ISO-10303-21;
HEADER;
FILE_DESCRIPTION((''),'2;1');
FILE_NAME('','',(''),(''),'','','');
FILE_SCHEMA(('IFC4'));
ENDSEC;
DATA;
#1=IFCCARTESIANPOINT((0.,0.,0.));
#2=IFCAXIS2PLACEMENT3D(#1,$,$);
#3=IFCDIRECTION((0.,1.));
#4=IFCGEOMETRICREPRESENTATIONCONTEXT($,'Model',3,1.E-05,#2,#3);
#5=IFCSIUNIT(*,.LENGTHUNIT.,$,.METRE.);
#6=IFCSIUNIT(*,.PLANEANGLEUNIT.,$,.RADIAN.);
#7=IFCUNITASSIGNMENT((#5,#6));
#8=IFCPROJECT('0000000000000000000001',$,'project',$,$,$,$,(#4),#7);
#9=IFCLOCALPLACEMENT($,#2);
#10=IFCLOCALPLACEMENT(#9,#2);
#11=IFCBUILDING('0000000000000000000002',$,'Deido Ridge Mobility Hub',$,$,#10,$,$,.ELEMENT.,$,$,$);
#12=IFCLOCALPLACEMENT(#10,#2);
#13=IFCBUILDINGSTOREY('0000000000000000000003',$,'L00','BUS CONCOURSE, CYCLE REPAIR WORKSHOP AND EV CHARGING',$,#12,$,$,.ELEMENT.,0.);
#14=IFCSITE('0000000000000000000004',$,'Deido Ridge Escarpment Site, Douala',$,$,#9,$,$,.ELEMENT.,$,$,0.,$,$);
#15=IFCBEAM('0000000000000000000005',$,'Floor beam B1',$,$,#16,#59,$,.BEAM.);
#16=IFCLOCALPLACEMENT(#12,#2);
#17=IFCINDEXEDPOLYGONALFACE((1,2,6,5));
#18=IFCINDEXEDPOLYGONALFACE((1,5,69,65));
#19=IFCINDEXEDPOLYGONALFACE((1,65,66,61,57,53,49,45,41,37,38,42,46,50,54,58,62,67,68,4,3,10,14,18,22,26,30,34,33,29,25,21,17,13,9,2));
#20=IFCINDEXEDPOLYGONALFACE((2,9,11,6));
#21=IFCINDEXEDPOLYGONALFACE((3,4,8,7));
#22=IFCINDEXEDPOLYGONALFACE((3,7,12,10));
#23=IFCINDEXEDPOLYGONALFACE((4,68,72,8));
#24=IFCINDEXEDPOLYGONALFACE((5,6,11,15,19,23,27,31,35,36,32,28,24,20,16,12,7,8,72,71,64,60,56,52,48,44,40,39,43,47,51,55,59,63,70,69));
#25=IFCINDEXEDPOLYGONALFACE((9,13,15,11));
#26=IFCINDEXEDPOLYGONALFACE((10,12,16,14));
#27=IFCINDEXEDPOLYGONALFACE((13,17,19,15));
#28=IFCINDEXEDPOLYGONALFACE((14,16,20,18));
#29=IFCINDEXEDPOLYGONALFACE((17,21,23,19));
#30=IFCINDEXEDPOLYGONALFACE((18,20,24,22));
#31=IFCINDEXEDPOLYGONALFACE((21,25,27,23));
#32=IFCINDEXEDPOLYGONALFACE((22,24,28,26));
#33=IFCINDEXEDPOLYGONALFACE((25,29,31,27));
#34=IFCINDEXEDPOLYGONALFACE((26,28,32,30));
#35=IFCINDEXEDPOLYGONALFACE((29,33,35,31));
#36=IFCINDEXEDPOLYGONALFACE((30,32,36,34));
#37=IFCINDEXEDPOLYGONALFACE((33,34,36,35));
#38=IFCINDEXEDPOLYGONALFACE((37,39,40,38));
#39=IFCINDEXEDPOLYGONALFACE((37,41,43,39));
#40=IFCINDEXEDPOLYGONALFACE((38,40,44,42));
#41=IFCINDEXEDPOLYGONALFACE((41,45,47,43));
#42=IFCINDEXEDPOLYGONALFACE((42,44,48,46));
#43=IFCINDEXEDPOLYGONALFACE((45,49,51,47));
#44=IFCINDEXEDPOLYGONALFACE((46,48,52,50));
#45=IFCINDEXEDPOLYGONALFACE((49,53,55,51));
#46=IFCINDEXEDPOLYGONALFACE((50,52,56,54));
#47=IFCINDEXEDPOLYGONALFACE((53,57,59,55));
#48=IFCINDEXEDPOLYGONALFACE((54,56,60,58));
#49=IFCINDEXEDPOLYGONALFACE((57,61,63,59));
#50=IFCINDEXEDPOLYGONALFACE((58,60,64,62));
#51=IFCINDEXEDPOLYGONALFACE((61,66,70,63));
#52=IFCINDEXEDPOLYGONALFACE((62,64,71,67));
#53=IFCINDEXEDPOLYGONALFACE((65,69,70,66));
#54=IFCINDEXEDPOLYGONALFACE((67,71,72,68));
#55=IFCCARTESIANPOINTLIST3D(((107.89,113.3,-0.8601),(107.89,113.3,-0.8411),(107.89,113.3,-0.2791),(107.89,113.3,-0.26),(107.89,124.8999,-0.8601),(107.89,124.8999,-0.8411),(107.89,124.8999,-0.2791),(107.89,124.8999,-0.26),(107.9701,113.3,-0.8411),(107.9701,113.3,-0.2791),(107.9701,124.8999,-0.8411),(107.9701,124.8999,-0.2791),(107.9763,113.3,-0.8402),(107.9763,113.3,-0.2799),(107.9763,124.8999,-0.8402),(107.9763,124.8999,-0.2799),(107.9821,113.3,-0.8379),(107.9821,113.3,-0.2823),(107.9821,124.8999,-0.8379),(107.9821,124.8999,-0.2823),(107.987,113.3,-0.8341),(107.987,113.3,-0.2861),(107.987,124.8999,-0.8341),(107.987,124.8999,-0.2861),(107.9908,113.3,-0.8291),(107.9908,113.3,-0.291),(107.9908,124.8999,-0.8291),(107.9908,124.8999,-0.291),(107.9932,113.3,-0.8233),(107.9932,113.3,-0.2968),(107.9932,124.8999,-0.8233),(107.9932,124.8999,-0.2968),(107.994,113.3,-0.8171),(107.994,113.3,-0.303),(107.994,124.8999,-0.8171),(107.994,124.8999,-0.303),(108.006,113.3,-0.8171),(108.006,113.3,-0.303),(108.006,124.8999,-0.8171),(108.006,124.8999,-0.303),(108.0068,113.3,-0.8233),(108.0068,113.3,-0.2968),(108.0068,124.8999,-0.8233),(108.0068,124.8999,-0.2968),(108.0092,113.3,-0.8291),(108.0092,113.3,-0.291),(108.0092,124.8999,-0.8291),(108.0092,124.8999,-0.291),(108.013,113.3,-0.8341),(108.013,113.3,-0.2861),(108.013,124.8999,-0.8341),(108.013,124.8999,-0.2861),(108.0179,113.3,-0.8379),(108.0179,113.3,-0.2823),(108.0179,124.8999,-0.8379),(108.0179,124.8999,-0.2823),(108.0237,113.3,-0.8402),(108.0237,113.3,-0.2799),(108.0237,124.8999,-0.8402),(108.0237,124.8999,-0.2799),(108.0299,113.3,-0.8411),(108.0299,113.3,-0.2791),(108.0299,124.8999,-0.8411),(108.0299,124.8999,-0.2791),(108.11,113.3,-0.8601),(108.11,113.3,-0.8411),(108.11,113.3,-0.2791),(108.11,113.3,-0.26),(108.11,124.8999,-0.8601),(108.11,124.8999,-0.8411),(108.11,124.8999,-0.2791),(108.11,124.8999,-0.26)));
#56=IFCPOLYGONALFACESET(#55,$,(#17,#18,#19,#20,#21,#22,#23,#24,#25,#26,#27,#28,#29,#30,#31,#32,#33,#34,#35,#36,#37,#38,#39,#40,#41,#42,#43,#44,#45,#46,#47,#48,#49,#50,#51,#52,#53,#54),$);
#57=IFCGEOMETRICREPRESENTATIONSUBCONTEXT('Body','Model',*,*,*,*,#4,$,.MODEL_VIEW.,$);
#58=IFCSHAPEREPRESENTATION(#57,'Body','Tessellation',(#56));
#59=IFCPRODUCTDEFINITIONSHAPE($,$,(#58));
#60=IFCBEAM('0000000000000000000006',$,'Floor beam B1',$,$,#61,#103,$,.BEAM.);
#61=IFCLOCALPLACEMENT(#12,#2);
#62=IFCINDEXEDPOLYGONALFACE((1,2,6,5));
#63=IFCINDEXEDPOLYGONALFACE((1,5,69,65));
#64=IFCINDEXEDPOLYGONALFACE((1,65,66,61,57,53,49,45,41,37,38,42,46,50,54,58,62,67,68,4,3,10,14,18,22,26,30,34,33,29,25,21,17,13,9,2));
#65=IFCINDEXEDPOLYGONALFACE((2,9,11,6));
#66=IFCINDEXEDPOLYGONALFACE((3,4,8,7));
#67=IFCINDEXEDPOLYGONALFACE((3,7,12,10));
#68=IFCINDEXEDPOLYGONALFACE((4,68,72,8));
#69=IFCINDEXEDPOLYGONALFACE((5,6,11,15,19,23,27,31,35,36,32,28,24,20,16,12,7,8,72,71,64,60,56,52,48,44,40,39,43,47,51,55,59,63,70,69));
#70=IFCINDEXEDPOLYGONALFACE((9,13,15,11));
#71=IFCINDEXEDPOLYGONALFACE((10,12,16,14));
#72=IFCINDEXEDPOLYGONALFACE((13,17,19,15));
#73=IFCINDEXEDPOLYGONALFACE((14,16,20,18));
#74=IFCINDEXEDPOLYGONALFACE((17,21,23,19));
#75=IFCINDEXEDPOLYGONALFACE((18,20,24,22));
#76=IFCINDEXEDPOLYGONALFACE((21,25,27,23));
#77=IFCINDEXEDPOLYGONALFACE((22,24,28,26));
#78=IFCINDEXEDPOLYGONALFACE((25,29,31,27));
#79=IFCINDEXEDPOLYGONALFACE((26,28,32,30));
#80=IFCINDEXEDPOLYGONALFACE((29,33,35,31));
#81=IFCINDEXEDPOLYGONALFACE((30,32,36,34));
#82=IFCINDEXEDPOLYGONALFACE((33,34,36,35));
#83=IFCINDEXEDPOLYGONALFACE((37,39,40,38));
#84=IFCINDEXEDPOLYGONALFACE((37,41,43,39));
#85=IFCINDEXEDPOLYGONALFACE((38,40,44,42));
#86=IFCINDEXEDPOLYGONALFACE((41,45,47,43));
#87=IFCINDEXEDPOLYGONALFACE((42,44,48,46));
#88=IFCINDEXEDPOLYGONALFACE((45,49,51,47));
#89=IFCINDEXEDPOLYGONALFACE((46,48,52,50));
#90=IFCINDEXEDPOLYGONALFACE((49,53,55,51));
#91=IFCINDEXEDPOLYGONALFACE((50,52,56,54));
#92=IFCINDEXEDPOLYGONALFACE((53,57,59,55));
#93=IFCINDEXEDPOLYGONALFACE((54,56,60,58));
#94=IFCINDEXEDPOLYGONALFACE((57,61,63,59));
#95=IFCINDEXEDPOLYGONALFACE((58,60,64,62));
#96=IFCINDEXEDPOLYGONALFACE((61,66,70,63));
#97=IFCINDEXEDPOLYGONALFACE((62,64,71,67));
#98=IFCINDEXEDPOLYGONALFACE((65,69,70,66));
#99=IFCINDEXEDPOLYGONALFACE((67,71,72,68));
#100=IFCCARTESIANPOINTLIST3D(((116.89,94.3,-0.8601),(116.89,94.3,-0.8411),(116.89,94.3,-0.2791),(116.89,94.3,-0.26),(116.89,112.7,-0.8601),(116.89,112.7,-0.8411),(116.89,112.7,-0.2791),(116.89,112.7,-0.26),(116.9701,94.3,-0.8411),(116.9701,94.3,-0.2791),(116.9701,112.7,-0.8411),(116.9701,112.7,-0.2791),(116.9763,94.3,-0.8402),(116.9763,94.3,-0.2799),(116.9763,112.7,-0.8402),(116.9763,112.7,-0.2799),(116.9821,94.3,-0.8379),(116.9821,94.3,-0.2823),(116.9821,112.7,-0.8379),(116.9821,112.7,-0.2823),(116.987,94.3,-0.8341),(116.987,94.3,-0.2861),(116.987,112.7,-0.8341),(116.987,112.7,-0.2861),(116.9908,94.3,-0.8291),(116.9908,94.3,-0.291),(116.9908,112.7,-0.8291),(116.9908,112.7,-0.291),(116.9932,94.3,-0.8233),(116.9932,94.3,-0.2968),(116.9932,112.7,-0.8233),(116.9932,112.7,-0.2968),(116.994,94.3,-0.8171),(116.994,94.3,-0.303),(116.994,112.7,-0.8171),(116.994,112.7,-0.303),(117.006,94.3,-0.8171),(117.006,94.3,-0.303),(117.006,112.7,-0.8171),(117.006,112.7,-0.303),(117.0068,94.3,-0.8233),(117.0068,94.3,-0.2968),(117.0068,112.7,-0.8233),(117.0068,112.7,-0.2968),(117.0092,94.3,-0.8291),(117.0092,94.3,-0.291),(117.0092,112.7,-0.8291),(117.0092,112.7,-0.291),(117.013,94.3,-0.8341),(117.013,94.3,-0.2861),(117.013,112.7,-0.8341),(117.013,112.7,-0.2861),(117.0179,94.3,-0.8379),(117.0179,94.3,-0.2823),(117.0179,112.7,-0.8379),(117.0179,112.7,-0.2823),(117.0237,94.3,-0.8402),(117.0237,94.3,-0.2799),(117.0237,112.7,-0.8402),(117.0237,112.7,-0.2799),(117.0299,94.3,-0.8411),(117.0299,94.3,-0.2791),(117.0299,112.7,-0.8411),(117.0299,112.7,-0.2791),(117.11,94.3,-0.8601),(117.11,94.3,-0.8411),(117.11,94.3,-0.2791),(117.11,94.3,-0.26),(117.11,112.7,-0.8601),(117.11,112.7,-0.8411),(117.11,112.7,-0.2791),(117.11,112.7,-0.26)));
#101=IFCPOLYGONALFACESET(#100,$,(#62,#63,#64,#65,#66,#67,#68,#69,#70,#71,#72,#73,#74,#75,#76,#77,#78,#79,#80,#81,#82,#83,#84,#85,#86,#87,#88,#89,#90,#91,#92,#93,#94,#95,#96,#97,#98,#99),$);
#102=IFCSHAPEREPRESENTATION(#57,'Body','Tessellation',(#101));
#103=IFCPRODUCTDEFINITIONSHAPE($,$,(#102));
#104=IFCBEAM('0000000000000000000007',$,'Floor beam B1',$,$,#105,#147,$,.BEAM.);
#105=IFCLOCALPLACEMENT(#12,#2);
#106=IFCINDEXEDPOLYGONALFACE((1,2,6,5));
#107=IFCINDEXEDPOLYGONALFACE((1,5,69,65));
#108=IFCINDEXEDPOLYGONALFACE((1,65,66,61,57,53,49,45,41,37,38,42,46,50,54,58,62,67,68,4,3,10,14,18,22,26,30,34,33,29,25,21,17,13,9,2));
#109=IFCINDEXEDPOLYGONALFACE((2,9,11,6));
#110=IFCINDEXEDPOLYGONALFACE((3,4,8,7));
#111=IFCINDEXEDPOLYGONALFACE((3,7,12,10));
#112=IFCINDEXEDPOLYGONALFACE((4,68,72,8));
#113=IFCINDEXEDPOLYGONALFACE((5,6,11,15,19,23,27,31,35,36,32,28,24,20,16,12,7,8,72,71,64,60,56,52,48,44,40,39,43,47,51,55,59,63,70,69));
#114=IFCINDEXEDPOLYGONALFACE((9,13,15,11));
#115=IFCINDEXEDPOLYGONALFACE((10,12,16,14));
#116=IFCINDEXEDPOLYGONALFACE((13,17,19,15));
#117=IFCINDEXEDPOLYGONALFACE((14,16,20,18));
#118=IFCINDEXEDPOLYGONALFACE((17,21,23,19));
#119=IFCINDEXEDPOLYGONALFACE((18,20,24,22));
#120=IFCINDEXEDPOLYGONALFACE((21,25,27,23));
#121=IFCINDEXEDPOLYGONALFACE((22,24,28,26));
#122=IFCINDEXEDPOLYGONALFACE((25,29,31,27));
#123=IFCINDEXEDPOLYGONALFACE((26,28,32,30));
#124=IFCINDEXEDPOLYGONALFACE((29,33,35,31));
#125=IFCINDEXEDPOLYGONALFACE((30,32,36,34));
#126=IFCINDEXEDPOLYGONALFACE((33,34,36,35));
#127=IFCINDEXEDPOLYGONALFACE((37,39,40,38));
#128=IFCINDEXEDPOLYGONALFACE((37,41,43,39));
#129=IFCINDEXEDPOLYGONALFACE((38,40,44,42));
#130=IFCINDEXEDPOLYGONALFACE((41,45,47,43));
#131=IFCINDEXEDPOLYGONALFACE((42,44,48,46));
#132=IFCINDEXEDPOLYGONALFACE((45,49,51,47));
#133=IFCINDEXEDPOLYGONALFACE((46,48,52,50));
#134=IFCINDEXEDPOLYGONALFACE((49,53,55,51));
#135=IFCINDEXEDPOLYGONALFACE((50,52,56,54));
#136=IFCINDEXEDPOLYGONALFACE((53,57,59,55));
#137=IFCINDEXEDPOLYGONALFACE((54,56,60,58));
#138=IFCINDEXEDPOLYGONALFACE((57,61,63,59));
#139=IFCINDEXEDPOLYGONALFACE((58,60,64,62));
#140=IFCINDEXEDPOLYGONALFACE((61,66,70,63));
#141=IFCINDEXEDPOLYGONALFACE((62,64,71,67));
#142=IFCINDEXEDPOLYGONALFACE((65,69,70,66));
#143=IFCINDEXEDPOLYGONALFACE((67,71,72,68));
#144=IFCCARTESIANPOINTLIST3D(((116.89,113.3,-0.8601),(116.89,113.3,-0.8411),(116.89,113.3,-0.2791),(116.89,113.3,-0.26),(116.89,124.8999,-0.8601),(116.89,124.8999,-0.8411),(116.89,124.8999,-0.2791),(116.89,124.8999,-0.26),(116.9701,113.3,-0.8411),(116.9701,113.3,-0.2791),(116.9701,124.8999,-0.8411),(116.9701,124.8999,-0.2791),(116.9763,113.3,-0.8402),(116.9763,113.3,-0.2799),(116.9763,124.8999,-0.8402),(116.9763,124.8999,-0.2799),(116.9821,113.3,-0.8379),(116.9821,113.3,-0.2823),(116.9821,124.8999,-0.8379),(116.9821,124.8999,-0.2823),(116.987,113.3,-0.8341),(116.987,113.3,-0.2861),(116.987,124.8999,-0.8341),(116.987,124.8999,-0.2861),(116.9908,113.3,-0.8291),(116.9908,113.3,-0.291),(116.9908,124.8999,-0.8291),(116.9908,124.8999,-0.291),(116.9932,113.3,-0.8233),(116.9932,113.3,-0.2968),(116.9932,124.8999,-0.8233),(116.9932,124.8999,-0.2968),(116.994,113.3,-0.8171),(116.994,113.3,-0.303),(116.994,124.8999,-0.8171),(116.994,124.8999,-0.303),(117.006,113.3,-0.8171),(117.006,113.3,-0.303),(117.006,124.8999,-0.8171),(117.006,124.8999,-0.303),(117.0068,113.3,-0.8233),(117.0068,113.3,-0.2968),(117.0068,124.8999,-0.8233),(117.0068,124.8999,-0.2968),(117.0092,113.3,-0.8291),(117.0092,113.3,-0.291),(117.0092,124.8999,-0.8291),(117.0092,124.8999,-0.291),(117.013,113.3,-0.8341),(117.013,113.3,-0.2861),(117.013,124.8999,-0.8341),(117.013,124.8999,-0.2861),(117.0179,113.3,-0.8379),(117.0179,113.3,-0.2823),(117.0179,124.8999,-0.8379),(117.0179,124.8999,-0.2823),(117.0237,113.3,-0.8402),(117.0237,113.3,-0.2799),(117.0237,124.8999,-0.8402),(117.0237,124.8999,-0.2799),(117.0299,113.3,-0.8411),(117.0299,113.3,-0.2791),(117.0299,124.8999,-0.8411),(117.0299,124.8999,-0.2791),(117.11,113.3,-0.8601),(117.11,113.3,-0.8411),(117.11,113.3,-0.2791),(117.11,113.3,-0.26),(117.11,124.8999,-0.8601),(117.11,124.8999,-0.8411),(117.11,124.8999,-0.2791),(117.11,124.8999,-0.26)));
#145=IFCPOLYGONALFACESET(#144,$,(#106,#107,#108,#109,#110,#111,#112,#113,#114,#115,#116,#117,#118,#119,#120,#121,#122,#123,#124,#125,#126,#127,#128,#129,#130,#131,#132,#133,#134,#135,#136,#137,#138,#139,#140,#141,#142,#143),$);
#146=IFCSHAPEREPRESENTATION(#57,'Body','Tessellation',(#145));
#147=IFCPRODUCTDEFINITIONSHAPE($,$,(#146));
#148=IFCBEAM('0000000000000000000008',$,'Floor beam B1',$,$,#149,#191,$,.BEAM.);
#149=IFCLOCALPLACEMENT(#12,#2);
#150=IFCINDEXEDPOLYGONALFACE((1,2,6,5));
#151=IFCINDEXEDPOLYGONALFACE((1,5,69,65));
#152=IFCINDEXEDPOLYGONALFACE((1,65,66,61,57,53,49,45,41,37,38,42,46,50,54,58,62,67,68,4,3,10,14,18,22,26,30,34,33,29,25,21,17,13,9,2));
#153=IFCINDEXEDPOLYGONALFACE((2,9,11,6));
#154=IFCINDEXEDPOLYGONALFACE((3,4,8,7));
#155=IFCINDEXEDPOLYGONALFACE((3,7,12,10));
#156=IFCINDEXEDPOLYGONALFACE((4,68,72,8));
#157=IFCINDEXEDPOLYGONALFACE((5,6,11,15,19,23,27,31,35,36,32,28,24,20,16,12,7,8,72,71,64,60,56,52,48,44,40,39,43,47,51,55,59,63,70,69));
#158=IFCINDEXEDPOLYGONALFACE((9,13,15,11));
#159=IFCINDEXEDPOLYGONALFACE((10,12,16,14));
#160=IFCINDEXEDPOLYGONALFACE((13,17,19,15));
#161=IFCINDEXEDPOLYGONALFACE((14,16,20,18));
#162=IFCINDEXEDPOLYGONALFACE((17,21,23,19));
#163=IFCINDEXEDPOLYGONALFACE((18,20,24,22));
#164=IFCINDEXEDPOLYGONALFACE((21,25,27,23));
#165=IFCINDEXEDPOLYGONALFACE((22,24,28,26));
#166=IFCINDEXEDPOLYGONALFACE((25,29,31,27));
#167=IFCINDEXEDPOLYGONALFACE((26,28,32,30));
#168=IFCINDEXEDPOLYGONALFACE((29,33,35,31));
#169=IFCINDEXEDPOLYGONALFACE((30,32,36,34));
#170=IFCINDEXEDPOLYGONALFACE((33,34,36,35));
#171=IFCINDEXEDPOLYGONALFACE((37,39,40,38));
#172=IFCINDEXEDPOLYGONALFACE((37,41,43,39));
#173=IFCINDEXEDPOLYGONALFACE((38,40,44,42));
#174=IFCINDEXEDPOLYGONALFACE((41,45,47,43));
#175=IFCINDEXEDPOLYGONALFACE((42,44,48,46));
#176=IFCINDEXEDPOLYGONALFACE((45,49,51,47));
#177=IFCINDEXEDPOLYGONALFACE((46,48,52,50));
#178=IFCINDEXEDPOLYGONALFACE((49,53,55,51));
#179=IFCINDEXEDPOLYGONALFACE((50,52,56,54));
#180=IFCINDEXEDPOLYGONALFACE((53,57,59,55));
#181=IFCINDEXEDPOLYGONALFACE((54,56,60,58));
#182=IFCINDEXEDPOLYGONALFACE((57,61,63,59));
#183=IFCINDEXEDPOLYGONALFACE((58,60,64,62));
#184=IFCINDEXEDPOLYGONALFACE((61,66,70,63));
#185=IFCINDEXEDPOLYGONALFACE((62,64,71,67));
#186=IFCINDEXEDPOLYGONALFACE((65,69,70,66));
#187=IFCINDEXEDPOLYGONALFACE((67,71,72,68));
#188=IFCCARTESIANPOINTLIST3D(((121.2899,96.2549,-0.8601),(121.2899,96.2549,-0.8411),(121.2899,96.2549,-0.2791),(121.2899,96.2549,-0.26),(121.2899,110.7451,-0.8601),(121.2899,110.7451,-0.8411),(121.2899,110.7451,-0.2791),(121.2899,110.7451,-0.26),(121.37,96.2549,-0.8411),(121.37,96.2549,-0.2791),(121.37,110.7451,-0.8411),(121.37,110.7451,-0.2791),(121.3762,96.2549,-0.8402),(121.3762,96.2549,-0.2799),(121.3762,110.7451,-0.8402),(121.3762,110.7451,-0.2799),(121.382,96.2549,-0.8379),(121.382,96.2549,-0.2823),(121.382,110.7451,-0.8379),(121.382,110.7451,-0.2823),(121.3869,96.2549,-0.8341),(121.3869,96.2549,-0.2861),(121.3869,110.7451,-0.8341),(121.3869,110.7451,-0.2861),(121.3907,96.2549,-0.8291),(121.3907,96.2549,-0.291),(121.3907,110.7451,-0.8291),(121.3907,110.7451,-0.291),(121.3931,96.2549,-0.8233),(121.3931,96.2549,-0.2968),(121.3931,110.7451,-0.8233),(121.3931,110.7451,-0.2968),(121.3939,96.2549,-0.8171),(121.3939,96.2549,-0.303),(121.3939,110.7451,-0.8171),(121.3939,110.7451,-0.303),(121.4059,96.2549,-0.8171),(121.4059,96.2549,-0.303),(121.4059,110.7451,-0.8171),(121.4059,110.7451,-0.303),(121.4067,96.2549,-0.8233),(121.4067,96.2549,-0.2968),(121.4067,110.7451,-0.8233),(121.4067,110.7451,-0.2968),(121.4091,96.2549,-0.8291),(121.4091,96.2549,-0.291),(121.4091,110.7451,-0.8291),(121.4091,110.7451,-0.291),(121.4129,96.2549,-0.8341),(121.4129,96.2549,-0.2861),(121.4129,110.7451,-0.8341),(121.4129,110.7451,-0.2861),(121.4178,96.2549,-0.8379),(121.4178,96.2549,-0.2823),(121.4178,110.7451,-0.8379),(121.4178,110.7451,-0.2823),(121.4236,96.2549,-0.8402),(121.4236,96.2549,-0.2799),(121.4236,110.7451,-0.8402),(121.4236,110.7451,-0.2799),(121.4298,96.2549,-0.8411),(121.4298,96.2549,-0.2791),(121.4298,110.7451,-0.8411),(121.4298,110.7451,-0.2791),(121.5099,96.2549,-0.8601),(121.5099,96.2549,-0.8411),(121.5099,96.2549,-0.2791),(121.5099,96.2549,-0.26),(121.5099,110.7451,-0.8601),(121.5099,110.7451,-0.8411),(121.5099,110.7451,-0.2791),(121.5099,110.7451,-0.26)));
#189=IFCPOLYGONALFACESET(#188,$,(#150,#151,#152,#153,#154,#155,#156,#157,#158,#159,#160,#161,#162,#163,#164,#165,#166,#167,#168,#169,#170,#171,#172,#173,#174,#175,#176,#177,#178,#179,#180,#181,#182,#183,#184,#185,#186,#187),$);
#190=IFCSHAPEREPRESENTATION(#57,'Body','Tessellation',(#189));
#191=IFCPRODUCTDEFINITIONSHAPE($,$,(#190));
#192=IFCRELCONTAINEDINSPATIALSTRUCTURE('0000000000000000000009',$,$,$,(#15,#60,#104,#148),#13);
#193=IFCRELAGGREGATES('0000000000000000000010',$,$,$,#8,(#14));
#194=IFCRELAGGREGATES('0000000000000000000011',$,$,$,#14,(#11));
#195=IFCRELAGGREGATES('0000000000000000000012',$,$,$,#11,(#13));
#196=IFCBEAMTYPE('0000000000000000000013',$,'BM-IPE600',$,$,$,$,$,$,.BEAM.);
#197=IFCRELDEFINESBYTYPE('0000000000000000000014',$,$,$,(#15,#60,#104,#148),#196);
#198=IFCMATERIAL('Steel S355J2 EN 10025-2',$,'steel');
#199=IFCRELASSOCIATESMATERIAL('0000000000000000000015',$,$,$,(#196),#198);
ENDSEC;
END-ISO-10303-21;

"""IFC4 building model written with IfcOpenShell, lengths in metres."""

from ifc_helpers import new_model, si_unit, direction, frame, origin, origin_2d, place, context, subcontext, project, spatial, i_section, extrude, material, material_profile, profile_set, type_object, element, save


model = new_model("IFC4")

# Units and contexts
model_context = context("Model", 3, precision=1e-05, world=origin(), true_north=direction((0.0, 1.0)))
body_context = subcontext(model_context, "Body", "Model", "MODEL_VIEW")
ifc_project = project(units=[si_unit("LENGTHUNIT", "METRE"), si_unit("PLANEANGLEUNIT", "RADIAN")], contexts=[model_context])

# Site, building, storey
site_placement = place(None, origin())
site = spatial("IfcSite", under=ifc_project, at=site_placement, Name="Deido Ridge Escarpment Site, Douala", CompositionType="ELEMENT", RefElevation=0.0)
building_placement = place(site_placement, origin())
building = spatial("IfcBuilding", under=site, at=building_placement, Name="Deido Ridge Mobility Hub", CompositionType="ELEMENT")
storey_placement = place(building_placement, origin())
storey = spatial("IfcBuildingStorey", under=building, at=storey_placement, Name="L00", Description="BUS CONCOURSE, CYCLE REPAIR WORKSHOP AND EV CHARGING", CompositionType="ELEMENT", Elevation=0.0)

# Shared definitions
ifc_material_1 = material(Name="Steel S355J2 EN 10025-2", Category="steel")

# Beams
ifc_material_profile_1 = material_profile(ifc_material_1, i_section(OverallWidth=0.22, OverallDepth=0.6001, WebThickness=0.012, FlangeThickness=0.019, FilletRadius=0.0239, at=origin_2d()), Name="IPE 600")
ifc_profile_set_1 = profile_set([ifc_material_profile_1], Name="Steel S355J2 EN 10025-2")
beam_type_1 = type_object("IfcBeamType", Name="BM-IPE600", PredefinedType="BEAM", material=ifc_profile_set_1)
beam_1_placement = place(storey_placement, frame((108.0, 113.3, -0.5601), z_axis=(0.0, 1.0, 0.0), x_axis=(-1.0, 0.0, 0.0)))
element("IfcBeam", 1, at=beam_1_placement, inside=storey, type_object=beam_type_1, Name="Floor beam B1", PredefinedType="BEAM", context=body_context, shape_type="SweptSolid", body=[
    extrude(i_section(OverallWidth=0.22, OverallDepth=0.6001, WebThickness=0.012, FlangeThickness=0.019, FilletRadius=0.0239, at=origin_2d()), origin(), (0.0, 0.0, 1.0), 11.5999),
])
beam_2_placement = place(storey_placement, frame((117.0, 94.3, -0.5601), z_axis=(0.0, 1.0, 0.0), x_axis=(-1.0, 0.0, 0.0)))
element("IfcBeam", 2, at=beam_2_placement, inside=storey, type_object=beam_type_1, Name="Floor beam B1", PredefinedType="BEAM", context=body_context, shape_type="SweptSolid", body=[
    extrude(i_section(OverallWidth=0.22, OverallDepth=0.6001, WebThickness=0.012, FlangeThickness=0.019, FilletRadius=0.0239, at=origin_2d()), origin(), (0.0, 0.0, 1.0), 18.3999),
])
beam_3_placement = place(storey_placement, frame((117.0, 113.3, -0.5601), z_axis=(0.0, 1.0, 0.0), x_axis=(-1.0, 0.0, 0.0)))
element("IfcBeam", 3, at=beam_3_placement, inside=storey, type_object=beam_type_1, Name="Floor beam B1", PredefinedType="BEAM", context=body_context, shape_type="SweptSolid", body=[
    extrude(i_section(OverallWidth=0.22, OverallDepth=0.6001, WebThickness=0.012, FlangeThickness=0.019, FilletRadius=0.0239, at=origin_2d()), origin(), (0.0, 0.0, 1.0), 11.5999),
])
beam_4_placement = place(storey_placement, frame((121.3999, 96.2549, -0.5601), z_axis=(0.0, 1.0, 0.0), x_axis=(-1.0, 0.0, 0.0)))
element("IfcBeam", 4, at=beam_4_placement, inside=storey, type_object=beam_type_1, Name="Floor beam B1", PredefinedType="BEAM", context=body_context, shape_type="SweptSolid", body=[
    extrude(i_section(OverallWidth=0.22, OverallDepth=0.6001, WebThickness=0.012, FlangeThickness=0.019, FilletRadius=0.0239, at=origin_2d()), origin(), (0.0, 0.0, 1.0), 14.4902),
])

save(model, "model.ifc")
